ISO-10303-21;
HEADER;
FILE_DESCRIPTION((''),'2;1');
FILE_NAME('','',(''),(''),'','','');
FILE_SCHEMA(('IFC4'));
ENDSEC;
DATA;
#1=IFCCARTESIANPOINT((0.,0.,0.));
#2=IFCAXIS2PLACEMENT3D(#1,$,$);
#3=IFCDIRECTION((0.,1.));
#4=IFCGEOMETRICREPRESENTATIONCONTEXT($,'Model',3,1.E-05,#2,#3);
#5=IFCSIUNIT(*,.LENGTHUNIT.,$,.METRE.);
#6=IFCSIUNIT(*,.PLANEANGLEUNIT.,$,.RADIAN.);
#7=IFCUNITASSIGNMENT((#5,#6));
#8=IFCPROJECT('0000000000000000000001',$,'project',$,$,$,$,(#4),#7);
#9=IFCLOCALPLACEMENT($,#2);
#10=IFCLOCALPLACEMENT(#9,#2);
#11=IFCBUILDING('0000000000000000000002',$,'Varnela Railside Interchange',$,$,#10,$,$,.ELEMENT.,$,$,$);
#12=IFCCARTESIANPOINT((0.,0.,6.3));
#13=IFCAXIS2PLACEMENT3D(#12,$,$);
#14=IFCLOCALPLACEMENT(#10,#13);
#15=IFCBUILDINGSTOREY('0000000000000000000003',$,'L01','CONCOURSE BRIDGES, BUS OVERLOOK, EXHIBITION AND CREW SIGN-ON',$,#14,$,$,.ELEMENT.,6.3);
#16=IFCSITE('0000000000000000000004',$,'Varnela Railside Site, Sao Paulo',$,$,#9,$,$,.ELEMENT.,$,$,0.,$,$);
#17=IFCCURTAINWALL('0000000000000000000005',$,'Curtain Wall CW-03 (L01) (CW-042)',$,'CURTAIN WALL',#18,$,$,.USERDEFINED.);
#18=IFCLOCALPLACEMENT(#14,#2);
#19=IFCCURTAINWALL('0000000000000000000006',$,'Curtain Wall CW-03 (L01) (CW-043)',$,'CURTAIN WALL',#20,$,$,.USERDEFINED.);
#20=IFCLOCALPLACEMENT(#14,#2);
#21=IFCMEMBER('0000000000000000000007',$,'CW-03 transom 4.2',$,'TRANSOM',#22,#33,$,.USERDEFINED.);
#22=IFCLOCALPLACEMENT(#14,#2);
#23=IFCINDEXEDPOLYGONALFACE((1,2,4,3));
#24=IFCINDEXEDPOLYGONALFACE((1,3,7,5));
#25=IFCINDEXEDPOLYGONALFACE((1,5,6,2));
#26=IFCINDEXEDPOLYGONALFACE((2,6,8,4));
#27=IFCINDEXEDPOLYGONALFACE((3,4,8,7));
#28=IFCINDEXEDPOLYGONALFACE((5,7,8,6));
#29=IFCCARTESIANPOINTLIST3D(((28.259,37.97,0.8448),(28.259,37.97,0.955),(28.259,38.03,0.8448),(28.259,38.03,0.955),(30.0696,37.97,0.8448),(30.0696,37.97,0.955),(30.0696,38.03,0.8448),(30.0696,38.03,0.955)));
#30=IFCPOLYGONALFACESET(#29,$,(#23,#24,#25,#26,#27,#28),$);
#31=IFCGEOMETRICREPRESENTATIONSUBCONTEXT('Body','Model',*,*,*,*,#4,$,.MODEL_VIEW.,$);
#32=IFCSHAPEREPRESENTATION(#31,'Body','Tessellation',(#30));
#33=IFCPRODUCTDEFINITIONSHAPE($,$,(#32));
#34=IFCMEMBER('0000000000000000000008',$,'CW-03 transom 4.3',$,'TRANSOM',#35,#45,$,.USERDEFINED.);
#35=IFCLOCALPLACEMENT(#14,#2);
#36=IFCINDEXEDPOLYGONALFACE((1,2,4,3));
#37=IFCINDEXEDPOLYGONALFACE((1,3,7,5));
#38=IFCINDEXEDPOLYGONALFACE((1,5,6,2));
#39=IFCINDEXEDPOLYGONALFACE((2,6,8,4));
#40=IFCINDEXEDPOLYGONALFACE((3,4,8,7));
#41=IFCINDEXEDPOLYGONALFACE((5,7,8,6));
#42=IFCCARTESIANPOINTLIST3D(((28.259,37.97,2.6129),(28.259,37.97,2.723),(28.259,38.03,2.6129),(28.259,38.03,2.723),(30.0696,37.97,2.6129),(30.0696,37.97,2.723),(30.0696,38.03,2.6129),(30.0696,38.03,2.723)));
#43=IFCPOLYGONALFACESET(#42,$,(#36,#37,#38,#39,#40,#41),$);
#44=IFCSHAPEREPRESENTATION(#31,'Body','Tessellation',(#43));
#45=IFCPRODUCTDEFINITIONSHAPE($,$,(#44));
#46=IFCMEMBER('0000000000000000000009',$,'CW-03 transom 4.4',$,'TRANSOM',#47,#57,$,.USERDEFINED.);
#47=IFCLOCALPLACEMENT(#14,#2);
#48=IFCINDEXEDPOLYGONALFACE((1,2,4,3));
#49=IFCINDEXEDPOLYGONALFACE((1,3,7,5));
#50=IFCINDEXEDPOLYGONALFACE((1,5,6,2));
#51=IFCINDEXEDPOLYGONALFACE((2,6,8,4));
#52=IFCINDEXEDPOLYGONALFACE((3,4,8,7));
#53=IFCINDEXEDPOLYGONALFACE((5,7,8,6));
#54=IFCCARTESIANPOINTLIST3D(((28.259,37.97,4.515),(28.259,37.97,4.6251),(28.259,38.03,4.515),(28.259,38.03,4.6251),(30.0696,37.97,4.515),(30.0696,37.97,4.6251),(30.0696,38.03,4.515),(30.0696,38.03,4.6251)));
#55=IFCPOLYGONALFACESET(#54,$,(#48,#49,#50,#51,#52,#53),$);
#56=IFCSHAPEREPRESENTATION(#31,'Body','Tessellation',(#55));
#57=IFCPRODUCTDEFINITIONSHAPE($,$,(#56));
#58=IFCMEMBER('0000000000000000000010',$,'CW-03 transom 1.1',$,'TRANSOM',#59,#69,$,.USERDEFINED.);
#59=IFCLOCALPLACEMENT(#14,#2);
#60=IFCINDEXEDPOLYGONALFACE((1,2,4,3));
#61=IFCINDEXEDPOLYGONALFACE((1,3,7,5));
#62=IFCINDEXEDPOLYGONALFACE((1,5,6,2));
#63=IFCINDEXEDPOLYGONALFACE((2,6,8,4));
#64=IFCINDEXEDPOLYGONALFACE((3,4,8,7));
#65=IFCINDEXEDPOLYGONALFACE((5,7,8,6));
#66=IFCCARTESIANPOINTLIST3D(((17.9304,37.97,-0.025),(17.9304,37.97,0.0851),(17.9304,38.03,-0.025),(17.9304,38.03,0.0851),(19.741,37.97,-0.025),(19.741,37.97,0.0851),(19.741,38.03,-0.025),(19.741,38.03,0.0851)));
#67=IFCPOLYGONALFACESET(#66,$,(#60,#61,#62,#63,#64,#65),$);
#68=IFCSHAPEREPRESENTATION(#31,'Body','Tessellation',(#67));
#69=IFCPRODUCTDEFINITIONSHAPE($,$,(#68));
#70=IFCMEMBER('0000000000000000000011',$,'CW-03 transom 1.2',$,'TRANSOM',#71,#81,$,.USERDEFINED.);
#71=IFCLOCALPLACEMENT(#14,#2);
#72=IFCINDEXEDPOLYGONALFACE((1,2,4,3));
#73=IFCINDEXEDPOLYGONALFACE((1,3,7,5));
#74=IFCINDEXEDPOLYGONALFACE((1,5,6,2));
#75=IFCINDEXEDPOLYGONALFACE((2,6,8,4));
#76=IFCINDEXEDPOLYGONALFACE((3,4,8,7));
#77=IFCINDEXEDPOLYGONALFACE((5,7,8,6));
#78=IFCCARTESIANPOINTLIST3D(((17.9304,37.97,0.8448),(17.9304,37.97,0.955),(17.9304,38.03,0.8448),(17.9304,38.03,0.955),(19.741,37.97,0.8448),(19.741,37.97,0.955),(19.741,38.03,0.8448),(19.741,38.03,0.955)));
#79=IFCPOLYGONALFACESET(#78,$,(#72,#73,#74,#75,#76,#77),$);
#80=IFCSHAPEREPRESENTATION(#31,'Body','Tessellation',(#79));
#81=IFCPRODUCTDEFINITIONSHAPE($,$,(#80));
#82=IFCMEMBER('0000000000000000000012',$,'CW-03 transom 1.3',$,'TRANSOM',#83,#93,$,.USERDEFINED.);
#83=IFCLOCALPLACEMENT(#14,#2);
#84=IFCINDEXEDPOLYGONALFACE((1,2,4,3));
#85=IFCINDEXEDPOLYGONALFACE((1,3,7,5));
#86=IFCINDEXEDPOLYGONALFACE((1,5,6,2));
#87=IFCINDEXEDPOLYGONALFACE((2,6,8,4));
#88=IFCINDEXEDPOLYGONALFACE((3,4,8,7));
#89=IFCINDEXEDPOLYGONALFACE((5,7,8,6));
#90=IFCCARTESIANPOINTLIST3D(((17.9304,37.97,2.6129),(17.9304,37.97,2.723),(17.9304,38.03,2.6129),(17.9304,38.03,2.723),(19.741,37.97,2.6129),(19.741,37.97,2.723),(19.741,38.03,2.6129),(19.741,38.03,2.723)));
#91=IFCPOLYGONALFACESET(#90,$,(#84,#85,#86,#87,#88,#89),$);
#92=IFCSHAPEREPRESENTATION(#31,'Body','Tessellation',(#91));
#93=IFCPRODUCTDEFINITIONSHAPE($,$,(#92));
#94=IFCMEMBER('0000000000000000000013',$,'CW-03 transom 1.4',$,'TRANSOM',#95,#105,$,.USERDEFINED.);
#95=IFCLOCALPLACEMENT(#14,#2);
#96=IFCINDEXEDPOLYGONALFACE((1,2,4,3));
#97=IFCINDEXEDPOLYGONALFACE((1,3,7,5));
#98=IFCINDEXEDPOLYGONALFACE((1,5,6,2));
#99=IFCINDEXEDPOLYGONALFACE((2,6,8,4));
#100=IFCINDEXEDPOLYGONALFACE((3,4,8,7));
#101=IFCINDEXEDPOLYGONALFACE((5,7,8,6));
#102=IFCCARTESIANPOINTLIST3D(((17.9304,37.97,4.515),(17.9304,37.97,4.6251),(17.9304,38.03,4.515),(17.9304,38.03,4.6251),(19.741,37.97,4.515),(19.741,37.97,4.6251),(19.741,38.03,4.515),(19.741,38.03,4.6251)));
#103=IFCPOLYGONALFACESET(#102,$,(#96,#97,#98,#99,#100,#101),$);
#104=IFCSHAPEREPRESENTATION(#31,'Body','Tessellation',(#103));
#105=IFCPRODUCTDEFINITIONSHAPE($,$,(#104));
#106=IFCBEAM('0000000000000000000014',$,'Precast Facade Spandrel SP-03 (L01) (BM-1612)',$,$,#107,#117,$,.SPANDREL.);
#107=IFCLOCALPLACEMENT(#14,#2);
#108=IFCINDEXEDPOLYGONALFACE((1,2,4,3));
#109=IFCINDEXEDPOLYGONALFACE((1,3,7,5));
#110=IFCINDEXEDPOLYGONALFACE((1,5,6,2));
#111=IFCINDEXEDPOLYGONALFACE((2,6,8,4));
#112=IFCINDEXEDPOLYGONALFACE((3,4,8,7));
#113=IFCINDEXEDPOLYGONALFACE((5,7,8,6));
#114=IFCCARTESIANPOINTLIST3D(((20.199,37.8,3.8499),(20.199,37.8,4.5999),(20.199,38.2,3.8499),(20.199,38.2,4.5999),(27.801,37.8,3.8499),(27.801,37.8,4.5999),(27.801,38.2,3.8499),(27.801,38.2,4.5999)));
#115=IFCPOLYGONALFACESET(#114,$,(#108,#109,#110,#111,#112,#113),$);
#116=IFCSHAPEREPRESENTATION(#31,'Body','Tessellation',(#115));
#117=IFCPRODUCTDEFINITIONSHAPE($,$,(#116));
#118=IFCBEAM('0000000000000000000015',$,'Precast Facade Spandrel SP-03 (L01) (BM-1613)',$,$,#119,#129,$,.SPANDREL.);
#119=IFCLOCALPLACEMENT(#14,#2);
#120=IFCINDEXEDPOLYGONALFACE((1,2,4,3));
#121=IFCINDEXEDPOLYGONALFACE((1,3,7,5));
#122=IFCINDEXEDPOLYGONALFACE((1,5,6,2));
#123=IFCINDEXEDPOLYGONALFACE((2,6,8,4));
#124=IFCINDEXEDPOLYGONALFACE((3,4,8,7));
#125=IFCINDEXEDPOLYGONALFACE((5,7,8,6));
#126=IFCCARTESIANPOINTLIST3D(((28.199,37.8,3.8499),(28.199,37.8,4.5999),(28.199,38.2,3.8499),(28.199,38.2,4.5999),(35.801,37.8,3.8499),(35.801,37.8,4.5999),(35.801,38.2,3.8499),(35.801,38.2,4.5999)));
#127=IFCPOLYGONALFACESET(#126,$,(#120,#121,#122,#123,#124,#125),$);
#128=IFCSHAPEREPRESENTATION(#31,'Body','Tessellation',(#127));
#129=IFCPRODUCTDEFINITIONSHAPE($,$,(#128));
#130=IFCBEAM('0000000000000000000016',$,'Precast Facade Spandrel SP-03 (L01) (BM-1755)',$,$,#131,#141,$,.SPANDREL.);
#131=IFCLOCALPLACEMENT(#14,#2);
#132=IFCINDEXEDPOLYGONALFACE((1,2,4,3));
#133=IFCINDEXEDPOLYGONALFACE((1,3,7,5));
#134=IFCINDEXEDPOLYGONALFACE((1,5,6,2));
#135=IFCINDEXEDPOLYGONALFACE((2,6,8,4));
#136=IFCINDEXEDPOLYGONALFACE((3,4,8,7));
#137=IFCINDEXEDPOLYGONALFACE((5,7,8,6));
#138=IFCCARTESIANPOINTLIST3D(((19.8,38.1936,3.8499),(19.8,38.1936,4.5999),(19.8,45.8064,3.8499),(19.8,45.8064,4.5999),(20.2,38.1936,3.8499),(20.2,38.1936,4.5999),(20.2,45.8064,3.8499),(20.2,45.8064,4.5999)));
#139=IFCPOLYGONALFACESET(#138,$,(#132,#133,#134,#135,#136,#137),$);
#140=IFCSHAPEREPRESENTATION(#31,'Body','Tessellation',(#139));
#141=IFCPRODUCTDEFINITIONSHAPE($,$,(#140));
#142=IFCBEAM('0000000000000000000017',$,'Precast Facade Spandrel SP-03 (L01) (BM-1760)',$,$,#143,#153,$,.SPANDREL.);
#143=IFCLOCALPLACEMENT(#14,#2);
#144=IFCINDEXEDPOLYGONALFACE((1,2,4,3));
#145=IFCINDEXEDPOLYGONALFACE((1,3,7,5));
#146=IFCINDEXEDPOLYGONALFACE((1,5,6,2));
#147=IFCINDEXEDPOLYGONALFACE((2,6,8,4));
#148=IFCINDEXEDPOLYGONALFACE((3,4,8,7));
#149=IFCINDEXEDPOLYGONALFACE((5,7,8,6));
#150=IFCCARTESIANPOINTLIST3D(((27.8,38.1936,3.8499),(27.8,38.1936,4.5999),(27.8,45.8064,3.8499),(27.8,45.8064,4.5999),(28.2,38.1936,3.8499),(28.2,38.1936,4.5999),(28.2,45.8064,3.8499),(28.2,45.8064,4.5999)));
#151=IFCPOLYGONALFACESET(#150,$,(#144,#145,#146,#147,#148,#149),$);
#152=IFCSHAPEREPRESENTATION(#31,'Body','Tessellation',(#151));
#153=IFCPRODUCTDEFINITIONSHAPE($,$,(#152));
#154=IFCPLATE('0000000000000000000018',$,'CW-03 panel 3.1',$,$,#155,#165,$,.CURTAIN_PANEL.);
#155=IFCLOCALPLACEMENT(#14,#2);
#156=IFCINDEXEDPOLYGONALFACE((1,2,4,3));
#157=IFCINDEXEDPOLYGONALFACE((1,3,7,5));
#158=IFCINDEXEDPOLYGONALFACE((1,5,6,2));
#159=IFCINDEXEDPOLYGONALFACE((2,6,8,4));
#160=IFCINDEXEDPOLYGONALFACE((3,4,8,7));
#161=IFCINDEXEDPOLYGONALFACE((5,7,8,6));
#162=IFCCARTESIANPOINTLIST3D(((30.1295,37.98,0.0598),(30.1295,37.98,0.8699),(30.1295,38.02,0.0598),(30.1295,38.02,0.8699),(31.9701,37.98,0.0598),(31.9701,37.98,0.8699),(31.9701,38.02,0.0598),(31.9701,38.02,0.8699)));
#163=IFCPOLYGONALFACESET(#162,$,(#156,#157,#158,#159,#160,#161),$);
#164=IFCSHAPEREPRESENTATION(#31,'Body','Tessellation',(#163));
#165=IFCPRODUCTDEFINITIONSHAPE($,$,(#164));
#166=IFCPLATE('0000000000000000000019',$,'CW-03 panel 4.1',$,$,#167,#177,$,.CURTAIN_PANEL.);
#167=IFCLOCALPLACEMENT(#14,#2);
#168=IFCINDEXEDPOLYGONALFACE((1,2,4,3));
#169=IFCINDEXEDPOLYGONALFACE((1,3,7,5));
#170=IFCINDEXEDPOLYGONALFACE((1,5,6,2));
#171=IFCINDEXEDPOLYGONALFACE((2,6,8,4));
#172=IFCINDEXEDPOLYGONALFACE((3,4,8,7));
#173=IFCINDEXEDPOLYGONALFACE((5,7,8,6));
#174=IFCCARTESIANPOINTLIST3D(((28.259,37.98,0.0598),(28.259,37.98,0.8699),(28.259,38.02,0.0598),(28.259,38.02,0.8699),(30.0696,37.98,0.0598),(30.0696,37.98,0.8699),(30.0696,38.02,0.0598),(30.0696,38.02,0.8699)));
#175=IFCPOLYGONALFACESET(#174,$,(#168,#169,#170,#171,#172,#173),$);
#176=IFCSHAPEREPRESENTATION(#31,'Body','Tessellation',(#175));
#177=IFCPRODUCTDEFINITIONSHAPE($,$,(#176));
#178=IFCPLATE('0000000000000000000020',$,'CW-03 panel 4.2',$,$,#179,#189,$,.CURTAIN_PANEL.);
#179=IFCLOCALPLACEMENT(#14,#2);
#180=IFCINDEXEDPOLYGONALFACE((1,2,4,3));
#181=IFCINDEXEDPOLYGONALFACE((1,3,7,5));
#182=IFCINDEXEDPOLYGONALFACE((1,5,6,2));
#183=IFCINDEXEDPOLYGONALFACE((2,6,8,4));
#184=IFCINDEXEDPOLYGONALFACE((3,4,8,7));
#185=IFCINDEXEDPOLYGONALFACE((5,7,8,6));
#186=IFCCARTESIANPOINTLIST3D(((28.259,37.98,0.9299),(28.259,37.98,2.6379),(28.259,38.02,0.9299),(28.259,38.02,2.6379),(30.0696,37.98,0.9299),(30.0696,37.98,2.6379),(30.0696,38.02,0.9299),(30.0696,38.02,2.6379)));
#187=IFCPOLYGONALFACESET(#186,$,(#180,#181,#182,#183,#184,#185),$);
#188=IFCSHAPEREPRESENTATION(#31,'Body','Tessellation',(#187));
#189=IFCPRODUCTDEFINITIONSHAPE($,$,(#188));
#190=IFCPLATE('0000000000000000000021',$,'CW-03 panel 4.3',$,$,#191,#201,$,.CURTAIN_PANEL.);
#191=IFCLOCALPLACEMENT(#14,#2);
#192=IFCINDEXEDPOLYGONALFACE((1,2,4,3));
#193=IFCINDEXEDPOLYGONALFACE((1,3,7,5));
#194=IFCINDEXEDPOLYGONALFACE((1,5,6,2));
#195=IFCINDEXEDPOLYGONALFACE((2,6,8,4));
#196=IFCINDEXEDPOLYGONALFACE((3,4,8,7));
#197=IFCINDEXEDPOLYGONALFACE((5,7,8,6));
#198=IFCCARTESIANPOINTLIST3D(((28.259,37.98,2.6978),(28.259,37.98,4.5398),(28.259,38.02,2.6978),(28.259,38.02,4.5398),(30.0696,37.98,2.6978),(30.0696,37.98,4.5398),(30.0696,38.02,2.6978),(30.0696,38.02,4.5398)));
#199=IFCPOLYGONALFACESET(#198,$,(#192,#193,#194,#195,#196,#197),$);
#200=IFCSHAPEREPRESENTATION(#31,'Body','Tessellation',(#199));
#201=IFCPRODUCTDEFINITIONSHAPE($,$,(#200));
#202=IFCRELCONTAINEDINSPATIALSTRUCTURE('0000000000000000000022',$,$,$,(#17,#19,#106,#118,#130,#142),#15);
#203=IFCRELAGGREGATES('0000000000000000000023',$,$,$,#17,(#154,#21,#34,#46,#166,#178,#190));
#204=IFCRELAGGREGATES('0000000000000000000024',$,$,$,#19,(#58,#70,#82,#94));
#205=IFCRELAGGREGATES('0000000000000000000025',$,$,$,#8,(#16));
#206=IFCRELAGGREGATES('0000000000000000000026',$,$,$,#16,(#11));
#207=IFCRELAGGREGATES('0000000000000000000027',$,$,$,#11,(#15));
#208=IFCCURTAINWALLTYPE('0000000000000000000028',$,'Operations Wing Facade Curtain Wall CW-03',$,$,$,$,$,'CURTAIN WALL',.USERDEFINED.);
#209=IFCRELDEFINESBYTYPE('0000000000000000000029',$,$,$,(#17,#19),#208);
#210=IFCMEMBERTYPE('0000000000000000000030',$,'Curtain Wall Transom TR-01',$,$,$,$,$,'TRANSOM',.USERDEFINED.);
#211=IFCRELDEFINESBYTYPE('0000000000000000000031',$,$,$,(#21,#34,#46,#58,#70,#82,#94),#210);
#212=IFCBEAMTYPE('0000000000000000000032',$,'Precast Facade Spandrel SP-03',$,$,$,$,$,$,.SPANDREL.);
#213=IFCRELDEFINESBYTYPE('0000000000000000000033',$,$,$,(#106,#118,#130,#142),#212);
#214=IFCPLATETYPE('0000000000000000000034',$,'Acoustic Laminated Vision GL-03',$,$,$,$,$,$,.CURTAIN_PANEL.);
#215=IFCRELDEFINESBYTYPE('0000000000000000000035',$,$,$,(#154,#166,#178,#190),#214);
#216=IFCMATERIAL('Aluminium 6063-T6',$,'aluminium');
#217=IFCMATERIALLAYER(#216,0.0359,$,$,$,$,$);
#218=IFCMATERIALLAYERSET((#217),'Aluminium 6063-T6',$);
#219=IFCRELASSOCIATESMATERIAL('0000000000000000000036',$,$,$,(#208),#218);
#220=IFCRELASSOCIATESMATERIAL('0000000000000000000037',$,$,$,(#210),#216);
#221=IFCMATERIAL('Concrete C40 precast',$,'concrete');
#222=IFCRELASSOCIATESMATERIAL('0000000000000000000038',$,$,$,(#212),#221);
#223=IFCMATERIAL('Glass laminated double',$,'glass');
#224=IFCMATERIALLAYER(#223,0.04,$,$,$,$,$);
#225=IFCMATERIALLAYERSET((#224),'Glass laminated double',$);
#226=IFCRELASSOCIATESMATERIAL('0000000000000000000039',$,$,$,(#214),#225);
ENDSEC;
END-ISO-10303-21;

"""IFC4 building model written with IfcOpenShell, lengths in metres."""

from ifc_helpers import new_model, si_unit, direction, frame, origin, origin_2d, place, context, subcontext, project, spatial, rectangle, extrude, material, layer, layer_set, material_profile, profile_set, type_object, element, aggregate, save


model = new_model("IFC4")

# Units and contexts
model_context = context("Model", 3, precision=1e-05, world=origin(), true_north=direction((0.0, 1.0)))
body_context = subcontext(model_context, "Body", "Model", "MODEL_VIEW")
ifc_project = project(units=[si_unit("LENGTHUNIT", "METRE"), si_unit("PLANEANGLEUNIT", "RADIAN")], contexts=[model_context])

# Site, building, storey
site_placement = place(None, origin())
site = spatial("IfcSite", under=ifc_project, at=site_placement, Name="Varnela Railside Site, Sao Paulo", CompositionType="ELEMENT", RefElevation=0.0)
building_placement = place(site_placement, origin())
building = spatial("IfcBuilding", under=site, at=building_placement, Name="Varnela Railside Interchange", CompositionType="ELEMENT")
storey_placement = place(building_placement, frame((0.0, 0.0, 6.3)))
storey = spatial("IfcBuildingStorey", under=building, at=storey_placement, Name="L01", Description="CONCOURSE BRIDGES, BUS OVERLOOK, EXHIBITION AND CREW SIGN-ON", CompositionType="ELEMENT", Elevation=6.3)

# Curtain wall
ifc_material_1 = material(Name="Aluminium 6063-T6", Category="aluminium")
ifc_layer_1 = layer(ifc_material_1, 0.0359)
ifc_layer_set_1 = layer_set([ifc_layer_1], Name="Aluminium 6063-T6")
curtain_wall_type = type_object("IfcCurtainWallType", Name="Operations Wing Facade Curtain Wall CW-03", ElementType="CURTAIN WALL", PredefinedType="USERDEFINED", material=ifc_layer_set_1)
curtain_wall_1_placement = place(storey_placement, origin())
curtain_wall_1 = element("IfcCurtainWall", 1, at=curtain_wall_1_placement, inside=storey, type_object=curtain_wall_type, Name="Curtain Wall CW-03 (L01) (CW-042)", ObjectType="CURTAIN WALL", PredefinedType="USERDEFINED")

# Curtain wall
curtain_wall_2_placement = place(storey_placement, origin())
curtain_wall_2 = element("IfcCurtainWall", 2, at=curtain_wall_2_placement, inside=storey, type_object=curtain_wall_type, Name="Curtain Wall CW-03 (L01) (CW-043)", ObjectType="CURTAIN WALL", PredefinedType="USERDEFINED")

# Members
ifc_material_profile_1 = material_profile(ifc_material_1, rectangle(XDim=0.0601, YDim=0.1101, at=origin_2d()), Name="ALU 60x110")
ifc_profile_set_1 = profile_set([ifc_material_profile_1], Name="Aluminium 6063-T6")
member_type_1 = type_object("IfcMemberType", Name="Curtain Wall Transom TR-01", ElementType="TRANSOM", PredefinedType="USERDEFINED", material=ifc_profile_set_1)
member_1_placement = place(storey_placement, frame((30.0696, 38.0, 0.8999), z_axis=(-1.0, 0.0, 0.0), x_axis=(0.0, -1.0, 0.0)))
member_1 = element("IfcMember", 3, at=member_1_placement, type_object=member_type_1, Name="CW-03 transom 4.2", ObjectType="TRANSOM", PredefinedType="USERDEFINED", context=body_context, shape_type="SweptSolid", body=[
    extrude(rectangle(XDim=0.0601, YDim=0.1101, at=origin_2d()), origin(), (0.0, 0.0, 1.0), 1.8105),
])
member_2_placement = place(storey_placement, frame((30.0696, 38.0, 2.668), z_axis=(-1.0, 0.0, 0.0), x_axis=(0.0, -1.0, 0.0)))
member_2 = element("IfcMember", 4, at=member_2_placement, type_object=member_type_1, Name="CW-03 transom 4.3", ObjectType="TRANSOM", PredefinedType="USERDEFINED", context=body_context, shape_type="SweptSolid", body=[
    extrude(rectangle(XDim=0.0601, YDim=0.1101, at=origin_2d()), origin(), (0.0, 0.0, 1.0), 1.8105),
])
member_3_placement = place(storey_placement, frame((30.0696, 38.0, 4.5701), z_axis=(-1.0, 0.0, 0.0), x_axis=(0.0, -1.0, 0.0)))
member_3 = element("IfcMember", 5, at=member_3_placement, type_object=member_type_1, Name="CW-03 transom 4.4", ObjectType="TRANSOM", PredefinedType="USERDEFINED", context=body_context, shape_type="SweptSolid", body=[
    extrude(rectangle(XDim=0.0601, YDim=0.1101, at=origin_2d()), origin(), (0.0, 0.0, 1.0), 1.8105),
])
member_4_placement = place(storey_placement, frame((19.741, 38.0, 0.03), z_axis=(-1.0, 0.0, 0.0), x_axis=(0.0, -1.0, 0.0)))
member_4 = element("IfcMember", 6, at=member_4_placement, type_object=member_type_1, Name="CW-03 transom 1.1", ObjectType="TRANSOM", PredefinedType="USERDEFINED", context=body_context, shape_type="SweptSolid", body=[
    extrude(rectangle(XDim=0.0601, YDim=0.1101, at=origin_2d()), origin(), (0.0, 0.0, 1.0), 1.8105),
])
member_5_placement = place(storey_placement, frame((19.741, 38.0, 0.8999), z_axis=(-1.0, 0.0, 0.0), x_axis=(0.0, -1.0, 0.0)))
member_5 = element("IfcMember", 7, at=member_5_placement, type_object=member_type_1, Name="CW-03 transom 1.2", ObjectType="TRANSOM", PredefinedType="USERDEFINED", context=body_context, shape_type="SweptSolid", body=[
    extrude(rectangle(XDim=0.0601, YDim=0.1101, at=origin_2d()), origin(), (0.0, 0.0, 1.0), 1.8105),
])
member_6_placement = place(storey_placement, frame((19.741, 38.0, 2.668), z_axis=(-1.0, 0.0, 0.0), x_axis=(0.0, -1.0, 0.0)))
member_6 = element("IfcMember", 8, at=member_6_placement, type_object=member_type_1, Name="CW-03 transom 1.3", ObjectType="TRANSOM", PredefinedType="USERDEFINED", context=body_context, shape_type="SweptSolid", body=[
    extrude(rectangle(XDim=0.0601, YDim=0.1101, at=origin_2d()), origin(), (0.0, 0.0, 1.0), 1.8105),
])
member_7_placement = place(storey_placement, frame((19.741, 38.0, 4.5701), z_axis=(-1.0, 0.0, 0.0), x_axis=(0.0, -1.0, 0.0)))
member_7 = element("IfcMember", 9, at=member_7_placement, type_object=member_type_1, Name="CW-03 transom 1.4", ObjectType="TRANSOM", PredefinedType="USERDEFINED", context=body_context, shape_type="SweptSolid", body=[
    extrude(rectangle(XDim=0.0601, YDim=0.1101, at=origin_2d()), origin(), (0.0, 0.0, 1.0), 1.8105),
])

# Beams
ifc_material_2 = material(Name="Concrete C40 precast", Category="concrete")
ifc_material_profile_2 = material_profile(ifc_material_2, rectangle(XDim=0.3999, YDim=0.75, at=origin_2d()), Name="PC 400x750")
ifc_profile_set_2 = profile_set([ifc_material_profile_2], Name="Concrete C40 precast")
beam_type_1 = type_object("IfcBeamType", Name="Precast Facade Spandrel SP-03", PredefinedType="SPANDREL", material=ifc_profile_set_2)
for number, where, z_axis, x_axis, name in (
    (10, (20.199, 38.0, 4.2249), (1.0, 0.0, 0.0), (0.0, 1.0, 0.0), "Precast Facade Spandrel SP-03 (L01) (BM-1612)"),
    (11, (28.199, 38.0, 4.2249), (1.0, 0.0, 0.0), (0.0, 1.0, 0.0), "Precast Facade Spandrel SP-03 (L01) (BM-1613)"),
):
    element("IfcBeam", number, at=place(storey_placement, frame(where, z_axis=z_axis, x_axis=x_axis)), inside=storey, type_object=beam_type_1, Name=name, PredefinedType="SPANDREL", context=body_context, shape_type="SweptSolid", body=[
        extrude(rectangle(XDim=0.3999, YDim=0.75, at=origin_2d()), origin(), (0.0, 0.0, 1.0), 7.6021),
    ])
for number, where, z_axis, x_axis, name in (
    (12, (20.0, 38.1936, 4.2249), (0.0, 1.0, 0.0), (-1.0, 0.0, 0.0), "Precast Facade Spandrel SP-03 (L01) (BM-1755)"),
    (13, (28.0, 38.1936, 4.2249), (0.0, 1.0, 0.0), (-1.0, 0.0, 0.0), "Precast Facade Spandrel SP-03 (L01) (BM-1760)"),
):
    element("IfcBeam", number, at=place(storey_placement, frame(where, z_axis=z_axis, x_axis=x_axis)), inside=storey, type_object=beam_type_1, Name=name, PredefinedType="SPANDREL", context=body_context, shape_type="SweptSolid", body=[
        extrude(rectangle(XDim=0.3999, YDim=0.75, at=origin_2d()), origin(), (0.0, 0.0, 1.0), 7.6128),
    ])

# Plates
ifc_material_3 = material(Name="Glass laminated double", Category="glass")
ifc_layer_2 = layer(ifc_material_3, 0.04)
ifc_layer_set_2 = layer_set([ifc_layer_2], Name="Glass laminated double")
plate_type = type_object("IfcPlateType", Name="Acoustic Laminated Vision GL-03", PredefinedType="CURTAIN_PANEL", material=ifc_layer_set_2)
plate_1_placement = place(storey_placement, frame((31.0498, 38.0, 0.0598), z_axis=(0.0, 0.0, 1.0), x_axis=(-1.0, 0.0, 0.0)))
plate_1 = element("IfcPlate", 14, at=plate_1_placement, type_object=plate_type, Name="CW-03 panel 3.1", PredefinedType="CURTAIN_PANEL", context=body_context, shape_type="SweptSolid", body=[
    extrude(rectangle(XDim=1.8406, YDim=0.04, at=origin_2d()), origin(), (0.0, 0.0, 1.0), 0.8101),
])
plate_2_placement = place(storey_placement, frame((29.1643, 38.0, 0.0598), z_axis=(0.0, 0.0, 1.0), x_axis=(-1.0, 0.0, 0.0)))
plate_2 = element("IfcPlate", 15, at=plate_2_placement, type_object=plate_type, Name="CW-03 panel 4.1", PredefinedType="CURTAIN_PANEL", context=body_context, shape_type="SweptSolid", body=[
    extrude(rectangle(XDim=1.8105, YDim=0.04, at=origin_2d()), origin(), (0.0, 0.0, 1.0), 0.8101),
])
plate_3_placement = place(storey_placement, frame((29.1643, 38.0, 0.9299), z_axis=(0.0, 0.0, 1.0), x_axis=(-1.0, 0.0, 0.0)))
plate_3 = element("IfcPlate", 16, at=plate_3_placement, type_object=plate_type, Name="CW-03 panel 4.2", PredefinedType="CURTAIN_PANEL", context=body_context, shape_type="SweptSolid", body=[
    extrude(rectangle(XDim=1.8105, YDim=0.04, at=origin_2d()), origin(), (0.0, 0.0, 1.0), 1.708),
])
plate_4_placement = place(storey_placement, frame((29.1643, 38.0, 2.6978), z_axis=(0.0, 0.0, 1.0), x_axis=(-1.0, 0.0, 0.0)))
plate_4 = element("IfcPlate", 17, at=plate_4_placement, type_object=plate_type, Name="CW-03 panel 4.3", PredefinedType="CURTAIN_PANEL", context=body_context, shape_type="SweptSolid", body=[
    extrude(rectangle(XDim=1.8105, YDim=0.04, at=origin_2d()), origin(), (0.0, 0.0, 1.0), 1.842),
])
aggregate(curtain_wall_1, [plate_1, member_1, member_2, member_3, plate_2, plate_3, plate_4])
aggregate(curtain_wall_2, [member_4, member_5, member_6, member_7])

save(model, "model.ifc")
